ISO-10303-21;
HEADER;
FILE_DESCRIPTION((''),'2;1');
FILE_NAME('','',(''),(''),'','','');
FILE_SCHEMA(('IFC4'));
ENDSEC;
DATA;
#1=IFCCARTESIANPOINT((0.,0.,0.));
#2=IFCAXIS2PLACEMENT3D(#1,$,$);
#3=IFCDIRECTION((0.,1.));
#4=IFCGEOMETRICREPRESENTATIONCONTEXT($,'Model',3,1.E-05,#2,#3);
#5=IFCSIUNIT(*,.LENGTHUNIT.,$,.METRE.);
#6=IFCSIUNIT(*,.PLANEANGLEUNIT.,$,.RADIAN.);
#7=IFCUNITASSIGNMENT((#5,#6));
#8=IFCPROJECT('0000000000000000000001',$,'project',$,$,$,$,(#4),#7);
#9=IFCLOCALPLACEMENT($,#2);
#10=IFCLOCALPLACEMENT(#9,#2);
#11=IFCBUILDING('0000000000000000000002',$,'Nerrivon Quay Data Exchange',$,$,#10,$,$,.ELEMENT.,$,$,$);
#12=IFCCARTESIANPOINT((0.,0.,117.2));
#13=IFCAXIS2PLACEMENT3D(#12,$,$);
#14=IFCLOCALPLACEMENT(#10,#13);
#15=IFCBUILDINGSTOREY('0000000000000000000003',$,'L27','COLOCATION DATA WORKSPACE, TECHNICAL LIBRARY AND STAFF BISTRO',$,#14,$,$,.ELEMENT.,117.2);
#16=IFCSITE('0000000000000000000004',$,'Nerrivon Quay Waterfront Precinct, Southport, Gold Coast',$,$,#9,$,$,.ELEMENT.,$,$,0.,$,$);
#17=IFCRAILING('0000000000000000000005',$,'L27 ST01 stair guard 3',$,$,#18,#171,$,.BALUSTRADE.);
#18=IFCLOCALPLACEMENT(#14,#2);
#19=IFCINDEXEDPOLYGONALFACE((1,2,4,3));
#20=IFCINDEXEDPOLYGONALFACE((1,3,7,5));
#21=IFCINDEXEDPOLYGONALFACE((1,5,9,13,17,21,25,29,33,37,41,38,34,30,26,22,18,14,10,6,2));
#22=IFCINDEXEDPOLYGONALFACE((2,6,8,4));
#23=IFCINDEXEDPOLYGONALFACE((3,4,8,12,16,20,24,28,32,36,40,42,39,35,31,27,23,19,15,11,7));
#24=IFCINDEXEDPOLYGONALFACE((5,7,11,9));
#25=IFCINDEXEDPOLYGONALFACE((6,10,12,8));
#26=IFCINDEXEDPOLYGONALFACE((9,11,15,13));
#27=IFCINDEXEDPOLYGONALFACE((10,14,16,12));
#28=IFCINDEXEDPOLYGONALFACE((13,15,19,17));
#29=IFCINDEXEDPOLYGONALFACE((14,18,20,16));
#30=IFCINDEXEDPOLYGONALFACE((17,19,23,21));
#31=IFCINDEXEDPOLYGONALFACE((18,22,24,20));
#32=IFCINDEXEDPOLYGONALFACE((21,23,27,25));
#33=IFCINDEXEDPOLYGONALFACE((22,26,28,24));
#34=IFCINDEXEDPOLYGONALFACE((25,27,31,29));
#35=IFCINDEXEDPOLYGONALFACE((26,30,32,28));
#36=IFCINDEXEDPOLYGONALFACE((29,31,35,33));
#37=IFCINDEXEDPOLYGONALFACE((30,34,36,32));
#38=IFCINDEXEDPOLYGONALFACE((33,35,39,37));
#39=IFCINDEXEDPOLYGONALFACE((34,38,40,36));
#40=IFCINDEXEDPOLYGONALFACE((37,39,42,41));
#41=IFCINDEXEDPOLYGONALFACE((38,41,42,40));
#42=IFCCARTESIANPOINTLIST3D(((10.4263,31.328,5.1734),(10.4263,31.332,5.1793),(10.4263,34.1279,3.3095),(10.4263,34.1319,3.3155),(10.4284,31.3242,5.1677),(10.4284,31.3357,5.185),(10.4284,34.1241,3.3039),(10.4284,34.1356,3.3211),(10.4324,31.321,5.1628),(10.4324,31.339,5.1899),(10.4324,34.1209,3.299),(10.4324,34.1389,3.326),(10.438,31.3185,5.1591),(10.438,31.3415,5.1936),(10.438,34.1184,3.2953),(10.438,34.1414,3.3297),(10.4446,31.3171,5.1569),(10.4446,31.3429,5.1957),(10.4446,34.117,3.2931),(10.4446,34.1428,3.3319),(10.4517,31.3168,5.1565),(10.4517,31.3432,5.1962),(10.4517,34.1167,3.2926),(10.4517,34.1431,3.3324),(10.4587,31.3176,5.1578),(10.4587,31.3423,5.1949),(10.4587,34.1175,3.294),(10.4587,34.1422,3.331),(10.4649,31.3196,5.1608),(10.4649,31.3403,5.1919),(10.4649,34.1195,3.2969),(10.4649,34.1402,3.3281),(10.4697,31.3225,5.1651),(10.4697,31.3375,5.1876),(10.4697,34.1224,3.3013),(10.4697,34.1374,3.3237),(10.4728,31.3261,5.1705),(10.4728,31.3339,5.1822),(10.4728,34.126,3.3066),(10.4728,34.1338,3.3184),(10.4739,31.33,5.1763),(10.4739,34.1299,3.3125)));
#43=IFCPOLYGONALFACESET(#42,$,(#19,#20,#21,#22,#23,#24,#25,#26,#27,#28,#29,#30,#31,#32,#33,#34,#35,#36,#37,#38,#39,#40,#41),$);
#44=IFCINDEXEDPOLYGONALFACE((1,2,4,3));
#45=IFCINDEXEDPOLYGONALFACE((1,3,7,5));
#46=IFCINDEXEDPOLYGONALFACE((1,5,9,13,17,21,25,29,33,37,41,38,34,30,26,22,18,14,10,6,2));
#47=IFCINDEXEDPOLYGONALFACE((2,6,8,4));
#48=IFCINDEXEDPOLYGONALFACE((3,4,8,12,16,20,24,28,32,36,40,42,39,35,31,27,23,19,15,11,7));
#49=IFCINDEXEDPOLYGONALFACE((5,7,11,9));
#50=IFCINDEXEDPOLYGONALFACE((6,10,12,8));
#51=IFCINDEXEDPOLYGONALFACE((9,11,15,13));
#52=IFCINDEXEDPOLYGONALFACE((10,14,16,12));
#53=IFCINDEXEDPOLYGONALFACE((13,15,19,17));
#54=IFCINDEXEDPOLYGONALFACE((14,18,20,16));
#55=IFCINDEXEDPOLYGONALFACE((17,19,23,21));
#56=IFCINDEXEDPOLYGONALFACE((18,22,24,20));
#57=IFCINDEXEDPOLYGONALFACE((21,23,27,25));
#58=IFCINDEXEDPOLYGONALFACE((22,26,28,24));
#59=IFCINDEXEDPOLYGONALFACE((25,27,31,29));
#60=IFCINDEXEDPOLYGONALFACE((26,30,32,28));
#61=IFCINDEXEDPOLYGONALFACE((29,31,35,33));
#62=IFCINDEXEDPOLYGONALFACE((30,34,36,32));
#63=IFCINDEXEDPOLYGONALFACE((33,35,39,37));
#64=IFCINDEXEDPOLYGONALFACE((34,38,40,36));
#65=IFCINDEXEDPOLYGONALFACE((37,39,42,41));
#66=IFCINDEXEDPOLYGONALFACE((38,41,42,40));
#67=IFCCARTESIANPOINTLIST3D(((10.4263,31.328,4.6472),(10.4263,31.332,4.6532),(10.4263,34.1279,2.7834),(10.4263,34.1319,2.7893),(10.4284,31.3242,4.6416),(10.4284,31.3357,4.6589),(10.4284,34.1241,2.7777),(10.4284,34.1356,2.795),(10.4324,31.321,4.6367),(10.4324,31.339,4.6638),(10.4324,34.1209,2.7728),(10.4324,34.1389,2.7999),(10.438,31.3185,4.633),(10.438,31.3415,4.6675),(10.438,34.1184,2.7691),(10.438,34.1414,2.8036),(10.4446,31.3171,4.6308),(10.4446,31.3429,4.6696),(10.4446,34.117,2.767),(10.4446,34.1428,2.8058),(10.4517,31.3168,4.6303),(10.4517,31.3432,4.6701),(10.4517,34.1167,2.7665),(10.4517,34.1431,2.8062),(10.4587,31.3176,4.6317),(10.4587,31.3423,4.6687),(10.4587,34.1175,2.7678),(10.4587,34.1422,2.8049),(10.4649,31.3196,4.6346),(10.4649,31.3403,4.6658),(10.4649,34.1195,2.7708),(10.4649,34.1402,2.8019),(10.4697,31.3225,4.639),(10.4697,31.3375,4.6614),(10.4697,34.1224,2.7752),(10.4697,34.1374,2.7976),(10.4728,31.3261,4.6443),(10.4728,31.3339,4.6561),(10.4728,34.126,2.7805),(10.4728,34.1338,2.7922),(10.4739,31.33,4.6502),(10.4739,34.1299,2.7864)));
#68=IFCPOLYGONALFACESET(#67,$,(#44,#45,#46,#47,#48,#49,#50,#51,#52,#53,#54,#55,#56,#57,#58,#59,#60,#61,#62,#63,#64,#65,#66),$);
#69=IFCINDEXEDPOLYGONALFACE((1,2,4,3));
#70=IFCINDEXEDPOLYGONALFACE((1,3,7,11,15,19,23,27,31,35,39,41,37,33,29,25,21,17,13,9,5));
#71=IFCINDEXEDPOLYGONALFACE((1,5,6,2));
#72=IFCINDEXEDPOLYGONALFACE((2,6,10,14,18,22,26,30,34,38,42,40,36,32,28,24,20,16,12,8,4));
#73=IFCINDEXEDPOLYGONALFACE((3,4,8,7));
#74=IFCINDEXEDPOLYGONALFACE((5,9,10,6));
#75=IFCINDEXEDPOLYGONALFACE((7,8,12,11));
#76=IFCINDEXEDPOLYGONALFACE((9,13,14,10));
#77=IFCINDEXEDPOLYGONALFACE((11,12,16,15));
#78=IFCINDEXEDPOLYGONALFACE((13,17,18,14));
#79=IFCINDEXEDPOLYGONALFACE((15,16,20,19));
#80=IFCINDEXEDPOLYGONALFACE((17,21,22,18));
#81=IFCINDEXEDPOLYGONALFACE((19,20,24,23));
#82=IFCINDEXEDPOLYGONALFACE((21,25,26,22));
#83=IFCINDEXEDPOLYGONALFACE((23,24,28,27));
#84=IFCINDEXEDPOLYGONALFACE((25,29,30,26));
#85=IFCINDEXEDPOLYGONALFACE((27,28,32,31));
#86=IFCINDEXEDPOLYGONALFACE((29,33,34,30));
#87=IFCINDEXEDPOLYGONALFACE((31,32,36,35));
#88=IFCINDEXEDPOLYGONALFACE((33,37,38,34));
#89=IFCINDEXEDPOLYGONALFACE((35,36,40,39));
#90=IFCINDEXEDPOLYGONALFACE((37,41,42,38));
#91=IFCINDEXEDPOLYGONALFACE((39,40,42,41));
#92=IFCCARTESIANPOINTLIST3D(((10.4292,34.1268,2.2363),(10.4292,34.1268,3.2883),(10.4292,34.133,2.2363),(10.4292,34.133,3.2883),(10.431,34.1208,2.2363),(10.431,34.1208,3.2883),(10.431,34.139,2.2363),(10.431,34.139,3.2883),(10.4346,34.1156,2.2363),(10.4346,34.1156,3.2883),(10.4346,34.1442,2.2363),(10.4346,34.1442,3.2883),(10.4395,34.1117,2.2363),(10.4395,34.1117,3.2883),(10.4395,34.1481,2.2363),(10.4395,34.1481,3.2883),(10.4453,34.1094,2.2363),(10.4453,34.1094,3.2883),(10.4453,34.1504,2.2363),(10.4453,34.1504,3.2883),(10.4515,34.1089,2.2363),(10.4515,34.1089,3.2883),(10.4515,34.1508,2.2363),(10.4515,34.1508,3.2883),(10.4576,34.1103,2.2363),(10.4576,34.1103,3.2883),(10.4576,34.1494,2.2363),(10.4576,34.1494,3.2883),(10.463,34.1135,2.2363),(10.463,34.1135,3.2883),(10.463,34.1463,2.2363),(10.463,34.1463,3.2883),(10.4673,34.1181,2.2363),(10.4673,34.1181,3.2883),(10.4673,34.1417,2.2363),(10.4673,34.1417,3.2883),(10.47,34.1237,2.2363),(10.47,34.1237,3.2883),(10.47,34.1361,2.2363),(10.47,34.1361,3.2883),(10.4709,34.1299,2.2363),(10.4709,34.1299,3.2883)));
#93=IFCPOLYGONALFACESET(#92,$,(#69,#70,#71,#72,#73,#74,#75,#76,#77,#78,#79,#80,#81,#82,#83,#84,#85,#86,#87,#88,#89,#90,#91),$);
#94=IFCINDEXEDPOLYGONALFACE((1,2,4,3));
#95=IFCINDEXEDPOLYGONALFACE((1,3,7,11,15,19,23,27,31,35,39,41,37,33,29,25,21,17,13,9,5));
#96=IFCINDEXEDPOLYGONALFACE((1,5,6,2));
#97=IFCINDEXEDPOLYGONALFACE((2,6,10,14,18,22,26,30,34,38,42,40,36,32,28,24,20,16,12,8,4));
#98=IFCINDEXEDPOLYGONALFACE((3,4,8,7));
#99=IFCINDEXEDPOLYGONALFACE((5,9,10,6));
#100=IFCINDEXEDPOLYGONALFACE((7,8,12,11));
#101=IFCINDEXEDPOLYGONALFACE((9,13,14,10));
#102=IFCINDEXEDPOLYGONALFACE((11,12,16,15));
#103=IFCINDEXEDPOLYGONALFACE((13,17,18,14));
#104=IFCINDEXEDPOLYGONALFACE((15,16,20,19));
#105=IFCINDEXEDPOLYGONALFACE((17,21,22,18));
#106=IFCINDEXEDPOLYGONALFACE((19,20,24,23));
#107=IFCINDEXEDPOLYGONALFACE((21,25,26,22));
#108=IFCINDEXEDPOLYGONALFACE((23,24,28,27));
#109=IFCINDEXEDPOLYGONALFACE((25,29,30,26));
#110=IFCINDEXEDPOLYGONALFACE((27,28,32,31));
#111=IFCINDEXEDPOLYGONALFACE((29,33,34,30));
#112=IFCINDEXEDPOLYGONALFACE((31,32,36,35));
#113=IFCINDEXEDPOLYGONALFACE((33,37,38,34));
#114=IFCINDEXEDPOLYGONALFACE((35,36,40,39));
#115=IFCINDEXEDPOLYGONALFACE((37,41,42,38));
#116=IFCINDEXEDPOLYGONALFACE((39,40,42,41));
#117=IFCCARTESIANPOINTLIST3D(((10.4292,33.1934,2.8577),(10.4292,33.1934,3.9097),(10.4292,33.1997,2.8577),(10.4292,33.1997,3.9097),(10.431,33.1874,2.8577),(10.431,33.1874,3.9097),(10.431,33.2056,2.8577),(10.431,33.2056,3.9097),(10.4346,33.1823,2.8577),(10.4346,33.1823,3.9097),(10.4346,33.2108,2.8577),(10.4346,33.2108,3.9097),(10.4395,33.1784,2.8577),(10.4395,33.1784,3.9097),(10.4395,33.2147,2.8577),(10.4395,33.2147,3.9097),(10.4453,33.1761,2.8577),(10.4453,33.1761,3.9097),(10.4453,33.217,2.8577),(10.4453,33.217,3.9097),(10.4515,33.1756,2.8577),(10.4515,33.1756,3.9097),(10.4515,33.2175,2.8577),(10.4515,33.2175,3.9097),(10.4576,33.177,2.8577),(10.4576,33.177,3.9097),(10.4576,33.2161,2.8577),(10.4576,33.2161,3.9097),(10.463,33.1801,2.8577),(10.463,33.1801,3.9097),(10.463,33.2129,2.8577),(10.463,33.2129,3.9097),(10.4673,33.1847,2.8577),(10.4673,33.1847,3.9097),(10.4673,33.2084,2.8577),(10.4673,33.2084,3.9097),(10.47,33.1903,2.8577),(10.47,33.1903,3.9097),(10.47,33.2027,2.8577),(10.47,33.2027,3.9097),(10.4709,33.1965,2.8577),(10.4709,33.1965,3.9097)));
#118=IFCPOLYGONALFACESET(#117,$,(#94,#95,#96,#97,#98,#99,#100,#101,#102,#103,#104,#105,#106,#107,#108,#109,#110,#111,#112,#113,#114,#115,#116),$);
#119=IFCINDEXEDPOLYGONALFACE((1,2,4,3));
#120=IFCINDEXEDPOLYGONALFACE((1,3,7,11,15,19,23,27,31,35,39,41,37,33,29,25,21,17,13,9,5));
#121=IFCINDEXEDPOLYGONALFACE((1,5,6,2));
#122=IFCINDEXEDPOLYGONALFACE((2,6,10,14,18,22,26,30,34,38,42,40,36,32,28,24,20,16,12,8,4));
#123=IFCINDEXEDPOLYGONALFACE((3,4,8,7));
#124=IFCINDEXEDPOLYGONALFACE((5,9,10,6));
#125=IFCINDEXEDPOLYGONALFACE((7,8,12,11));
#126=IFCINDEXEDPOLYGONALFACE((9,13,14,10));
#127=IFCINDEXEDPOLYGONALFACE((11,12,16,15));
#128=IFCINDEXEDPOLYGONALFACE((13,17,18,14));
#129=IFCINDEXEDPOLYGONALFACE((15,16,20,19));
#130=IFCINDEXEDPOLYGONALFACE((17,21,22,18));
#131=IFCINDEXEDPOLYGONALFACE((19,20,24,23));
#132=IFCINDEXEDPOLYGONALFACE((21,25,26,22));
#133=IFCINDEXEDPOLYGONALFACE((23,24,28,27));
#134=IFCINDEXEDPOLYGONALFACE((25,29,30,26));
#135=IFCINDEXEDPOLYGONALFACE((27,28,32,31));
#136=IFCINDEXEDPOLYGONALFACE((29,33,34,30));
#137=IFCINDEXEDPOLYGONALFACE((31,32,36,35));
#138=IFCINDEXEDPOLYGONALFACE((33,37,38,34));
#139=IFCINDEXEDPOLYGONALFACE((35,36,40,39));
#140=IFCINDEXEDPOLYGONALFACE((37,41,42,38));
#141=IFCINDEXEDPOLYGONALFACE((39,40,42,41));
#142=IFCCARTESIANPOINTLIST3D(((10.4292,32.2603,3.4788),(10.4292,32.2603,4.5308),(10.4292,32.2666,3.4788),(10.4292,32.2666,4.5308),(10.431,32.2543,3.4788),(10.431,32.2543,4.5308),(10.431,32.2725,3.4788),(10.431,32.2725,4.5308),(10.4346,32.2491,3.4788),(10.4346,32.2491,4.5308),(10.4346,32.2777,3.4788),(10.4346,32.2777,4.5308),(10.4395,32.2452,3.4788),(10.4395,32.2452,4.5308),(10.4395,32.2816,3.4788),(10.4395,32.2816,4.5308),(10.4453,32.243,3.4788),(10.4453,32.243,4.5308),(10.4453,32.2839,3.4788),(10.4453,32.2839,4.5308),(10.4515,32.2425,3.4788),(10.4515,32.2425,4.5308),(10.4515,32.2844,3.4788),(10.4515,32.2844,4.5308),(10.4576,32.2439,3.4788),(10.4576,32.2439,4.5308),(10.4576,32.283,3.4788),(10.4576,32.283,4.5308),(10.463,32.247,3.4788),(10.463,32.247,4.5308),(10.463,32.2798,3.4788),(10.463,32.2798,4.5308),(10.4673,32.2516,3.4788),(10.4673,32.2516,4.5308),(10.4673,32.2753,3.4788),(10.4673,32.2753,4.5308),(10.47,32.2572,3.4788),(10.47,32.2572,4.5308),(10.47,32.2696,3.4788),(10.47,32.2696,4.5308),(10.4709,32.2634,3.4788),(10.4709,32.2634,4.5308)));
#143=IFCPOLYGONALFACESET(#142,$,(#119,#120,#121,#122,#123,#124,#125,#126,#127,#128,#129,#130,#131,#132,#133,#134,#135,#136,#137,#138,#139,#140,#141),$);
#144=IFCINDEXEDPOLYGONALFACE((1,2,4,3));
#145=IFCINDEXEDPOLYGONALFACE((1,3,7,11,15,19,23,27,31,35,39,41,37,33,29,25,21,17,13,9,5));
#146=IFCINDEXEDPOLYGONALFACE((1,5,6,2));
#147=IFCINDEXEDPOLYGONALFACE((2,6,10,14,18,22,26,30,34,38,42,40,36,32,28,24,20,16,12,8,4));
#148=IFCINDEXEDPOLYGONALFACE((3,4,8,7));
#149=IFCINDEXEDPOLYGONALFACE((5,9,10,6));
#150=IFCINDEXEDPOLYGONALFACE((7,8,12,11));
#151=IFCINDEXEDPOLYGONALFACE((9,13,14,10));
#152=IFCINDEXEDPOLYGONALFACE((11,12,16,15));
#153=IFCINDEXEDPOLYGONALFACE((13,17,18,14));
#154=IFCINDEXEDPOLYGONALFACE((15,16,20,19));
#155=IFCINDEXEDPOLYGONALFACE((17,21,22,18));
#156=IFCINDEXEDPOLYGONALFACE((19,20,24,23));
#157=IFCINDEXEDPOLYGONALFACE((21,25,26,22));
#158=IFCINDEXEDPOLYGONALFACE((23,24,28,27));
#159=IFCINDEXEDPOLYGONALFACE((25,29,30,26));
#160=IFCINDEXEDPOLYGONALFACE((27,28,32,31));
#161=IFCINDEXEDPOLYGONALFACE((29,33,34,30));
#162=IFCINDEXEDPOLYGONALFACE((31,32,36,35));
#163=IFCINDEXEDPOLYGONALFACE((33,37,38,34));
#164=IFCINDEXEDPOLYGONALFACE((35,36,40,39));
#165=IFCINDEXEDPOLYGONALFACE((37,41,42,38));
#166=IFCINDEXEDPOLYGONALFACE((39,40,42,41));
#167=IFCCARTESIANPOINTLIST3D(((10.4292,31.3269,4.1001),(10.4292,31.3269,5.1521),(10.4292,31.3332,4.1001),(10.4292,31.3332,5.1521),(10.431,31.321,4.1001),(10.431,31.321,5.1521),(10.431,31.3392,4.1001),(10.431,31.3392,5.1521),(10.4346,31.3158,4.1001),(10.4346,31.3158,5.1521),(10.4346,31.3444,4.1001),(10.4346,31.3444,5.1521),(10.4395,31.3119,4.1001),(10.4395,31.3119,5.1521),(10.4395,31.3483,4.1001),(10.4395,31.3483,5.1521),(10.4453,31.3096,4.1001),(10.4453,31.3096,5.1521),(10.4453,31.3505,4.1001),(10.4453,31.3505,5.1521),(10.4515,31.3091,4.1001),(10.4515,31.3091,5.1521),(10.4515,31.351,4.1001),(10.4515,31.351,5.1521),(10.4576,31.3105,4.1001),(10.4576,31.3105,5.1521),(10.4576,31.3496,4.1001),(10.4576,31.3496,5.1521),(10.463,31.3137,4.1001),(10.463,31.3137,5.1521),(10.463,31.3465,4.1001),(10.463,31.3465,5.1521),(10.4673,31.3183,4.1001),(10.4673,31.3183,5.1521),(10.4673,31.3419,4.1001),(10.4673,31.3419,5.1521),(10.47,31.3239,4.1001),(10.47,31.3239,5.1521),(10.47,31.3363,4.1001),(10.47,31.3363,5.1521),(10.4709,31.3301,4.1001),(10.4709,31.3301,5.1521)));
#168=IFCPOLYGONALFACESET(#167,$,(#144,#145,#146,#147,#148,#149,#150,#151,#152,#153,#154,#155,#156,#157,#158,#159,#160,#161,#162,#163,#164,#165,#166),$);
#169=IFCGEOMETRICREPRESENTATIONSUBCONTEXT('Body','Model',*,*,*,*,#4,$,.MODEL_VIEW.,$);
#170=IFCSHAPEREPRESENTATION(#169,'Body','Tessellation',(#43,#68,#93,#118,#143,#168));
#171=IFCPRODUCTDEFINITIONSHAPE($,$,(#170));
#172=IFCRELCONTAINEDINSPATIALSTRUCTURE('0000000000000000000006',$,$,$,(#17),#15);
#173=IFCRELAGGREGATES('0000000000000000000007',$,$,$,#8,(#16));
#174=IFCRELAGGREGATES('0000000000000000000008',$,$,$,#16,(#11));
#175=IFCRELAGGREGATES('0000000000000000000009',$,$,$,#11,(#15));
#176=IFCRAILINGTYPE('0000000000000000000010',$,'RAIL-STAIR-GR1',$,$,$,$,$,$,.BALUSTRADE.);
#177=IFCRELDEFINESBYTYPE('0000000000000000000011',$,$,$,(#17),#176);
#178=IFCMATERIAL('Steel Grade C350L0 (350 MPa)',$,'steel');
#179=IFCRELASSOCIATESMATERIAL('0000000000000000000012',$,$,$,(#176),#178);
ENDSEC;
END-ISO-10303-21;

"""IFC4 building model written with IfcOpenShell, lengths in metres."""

from ifc_helpers import new_model, si_unit, direction, frame, origin, origin_2d, place, context, subcontext, project, spatial, circle, extrude, material, type_object, element, save


model = new_model("IFC4")

# Units and contexts
model_context = context("Model", 3, precision=1e-05, world=origin(), true_north=direction((0.0, 1.0)))
body_context = subcontext(model_context, "Body", "Model", "MODEL_VIEW")
ifc_project = project(units=[si_unit("LENGTHUNIT", "METRE"), si_unit("PLANEANGLEUNIT", "RADIAN")], contexts=[model_context])

# Site, building, storey
site_placement = place(None, origin())
site = spatial("IfcSite", under=ifc_project, at=site_placement, Name="Nerrivon Quay Waterfront Precinct, Southport, Gold Coast", CompositionType="ELEMENT", RefElevation=0.0)
building_placement = place(site_placement, origin())
building = spatial("IfcBuilding", under=site, at=building_placement, Name="Nerrivon Quay Data Exchange", CompositionType="ELEMENT")
storey_placement = place(building_placement, frame((0.0, 0.0, 117.2)))
storey = spatial("IfcBuildingStorey", under=building, at=storey_placement, Name="L27", Description="COLOCATION DATA WORKSPACE, TECHNICAL LIBRARY AND STAFF BISTRO", CompositionType="ELEMENT", Elevation=117.2)

# Railing
ifc_material_1 = material(Name="Steel Grade C350L0 (350 MPa)", Category="steel")
railing_type_1 = type_object("IfcRailingType", Name="RAIL-STAIR-GR1", PredefinedType="BALUSTRADE", material=ifc_material_1)
railing_1_placement = place(storey_placement, frame((10.45, 34.1299, 2.2363)))
element("IfcRailing", 1, at=railing_1_placement, inside=storey, type_object=railing_type_1, Name="L27 ST01 stair guard 3", PredefinedType="BALUSTRADE", context=body_context, shape_type="SweptSolid", body=[
    extrude(circle(Radius=0.0239, at=origin_2d()), frame((0.0, 0.0, 1.0762), z_axis=(0.0, -0.83243, 0.554131), x_axis=(1.0, 0.0, 0.0)), (0.0, 0.0, 1.0), 3.3635),
    extrude(circle(Radius=0.0239, at=origin_2d()), frame((0.0, 0.0, 0.55), z_axis=(0.0, -0.83243, 0.554131), x_axis=(1.0, 0.0, 0.0)), (0.0, 0.0, 1.0), 3.3635),
    extrude(circle(Radius=0.021, at=origin_2d()), origin(), (0.0, 0.0, 1.0), 1.052),
    extrude(circle(Radius=0.021, at=origin_2d()), frame((0.0, -0.9333, 0.6213)), (0.0, 0.0, 1.0), 1.052),
    extrude(circle(Radius=0.021, at=origin_2d()), frame((0.0, -1.8665, 1.2424)), (0.0, 0.0, 1.0), 1.052),
    extrude(circle(Radius=0.021, at=origin_2d()), frame((0.0, -2.7998, 1.8638)), (0.0, 0.0, 1.0), 1.052),
])

save(model, "model.ifc")
